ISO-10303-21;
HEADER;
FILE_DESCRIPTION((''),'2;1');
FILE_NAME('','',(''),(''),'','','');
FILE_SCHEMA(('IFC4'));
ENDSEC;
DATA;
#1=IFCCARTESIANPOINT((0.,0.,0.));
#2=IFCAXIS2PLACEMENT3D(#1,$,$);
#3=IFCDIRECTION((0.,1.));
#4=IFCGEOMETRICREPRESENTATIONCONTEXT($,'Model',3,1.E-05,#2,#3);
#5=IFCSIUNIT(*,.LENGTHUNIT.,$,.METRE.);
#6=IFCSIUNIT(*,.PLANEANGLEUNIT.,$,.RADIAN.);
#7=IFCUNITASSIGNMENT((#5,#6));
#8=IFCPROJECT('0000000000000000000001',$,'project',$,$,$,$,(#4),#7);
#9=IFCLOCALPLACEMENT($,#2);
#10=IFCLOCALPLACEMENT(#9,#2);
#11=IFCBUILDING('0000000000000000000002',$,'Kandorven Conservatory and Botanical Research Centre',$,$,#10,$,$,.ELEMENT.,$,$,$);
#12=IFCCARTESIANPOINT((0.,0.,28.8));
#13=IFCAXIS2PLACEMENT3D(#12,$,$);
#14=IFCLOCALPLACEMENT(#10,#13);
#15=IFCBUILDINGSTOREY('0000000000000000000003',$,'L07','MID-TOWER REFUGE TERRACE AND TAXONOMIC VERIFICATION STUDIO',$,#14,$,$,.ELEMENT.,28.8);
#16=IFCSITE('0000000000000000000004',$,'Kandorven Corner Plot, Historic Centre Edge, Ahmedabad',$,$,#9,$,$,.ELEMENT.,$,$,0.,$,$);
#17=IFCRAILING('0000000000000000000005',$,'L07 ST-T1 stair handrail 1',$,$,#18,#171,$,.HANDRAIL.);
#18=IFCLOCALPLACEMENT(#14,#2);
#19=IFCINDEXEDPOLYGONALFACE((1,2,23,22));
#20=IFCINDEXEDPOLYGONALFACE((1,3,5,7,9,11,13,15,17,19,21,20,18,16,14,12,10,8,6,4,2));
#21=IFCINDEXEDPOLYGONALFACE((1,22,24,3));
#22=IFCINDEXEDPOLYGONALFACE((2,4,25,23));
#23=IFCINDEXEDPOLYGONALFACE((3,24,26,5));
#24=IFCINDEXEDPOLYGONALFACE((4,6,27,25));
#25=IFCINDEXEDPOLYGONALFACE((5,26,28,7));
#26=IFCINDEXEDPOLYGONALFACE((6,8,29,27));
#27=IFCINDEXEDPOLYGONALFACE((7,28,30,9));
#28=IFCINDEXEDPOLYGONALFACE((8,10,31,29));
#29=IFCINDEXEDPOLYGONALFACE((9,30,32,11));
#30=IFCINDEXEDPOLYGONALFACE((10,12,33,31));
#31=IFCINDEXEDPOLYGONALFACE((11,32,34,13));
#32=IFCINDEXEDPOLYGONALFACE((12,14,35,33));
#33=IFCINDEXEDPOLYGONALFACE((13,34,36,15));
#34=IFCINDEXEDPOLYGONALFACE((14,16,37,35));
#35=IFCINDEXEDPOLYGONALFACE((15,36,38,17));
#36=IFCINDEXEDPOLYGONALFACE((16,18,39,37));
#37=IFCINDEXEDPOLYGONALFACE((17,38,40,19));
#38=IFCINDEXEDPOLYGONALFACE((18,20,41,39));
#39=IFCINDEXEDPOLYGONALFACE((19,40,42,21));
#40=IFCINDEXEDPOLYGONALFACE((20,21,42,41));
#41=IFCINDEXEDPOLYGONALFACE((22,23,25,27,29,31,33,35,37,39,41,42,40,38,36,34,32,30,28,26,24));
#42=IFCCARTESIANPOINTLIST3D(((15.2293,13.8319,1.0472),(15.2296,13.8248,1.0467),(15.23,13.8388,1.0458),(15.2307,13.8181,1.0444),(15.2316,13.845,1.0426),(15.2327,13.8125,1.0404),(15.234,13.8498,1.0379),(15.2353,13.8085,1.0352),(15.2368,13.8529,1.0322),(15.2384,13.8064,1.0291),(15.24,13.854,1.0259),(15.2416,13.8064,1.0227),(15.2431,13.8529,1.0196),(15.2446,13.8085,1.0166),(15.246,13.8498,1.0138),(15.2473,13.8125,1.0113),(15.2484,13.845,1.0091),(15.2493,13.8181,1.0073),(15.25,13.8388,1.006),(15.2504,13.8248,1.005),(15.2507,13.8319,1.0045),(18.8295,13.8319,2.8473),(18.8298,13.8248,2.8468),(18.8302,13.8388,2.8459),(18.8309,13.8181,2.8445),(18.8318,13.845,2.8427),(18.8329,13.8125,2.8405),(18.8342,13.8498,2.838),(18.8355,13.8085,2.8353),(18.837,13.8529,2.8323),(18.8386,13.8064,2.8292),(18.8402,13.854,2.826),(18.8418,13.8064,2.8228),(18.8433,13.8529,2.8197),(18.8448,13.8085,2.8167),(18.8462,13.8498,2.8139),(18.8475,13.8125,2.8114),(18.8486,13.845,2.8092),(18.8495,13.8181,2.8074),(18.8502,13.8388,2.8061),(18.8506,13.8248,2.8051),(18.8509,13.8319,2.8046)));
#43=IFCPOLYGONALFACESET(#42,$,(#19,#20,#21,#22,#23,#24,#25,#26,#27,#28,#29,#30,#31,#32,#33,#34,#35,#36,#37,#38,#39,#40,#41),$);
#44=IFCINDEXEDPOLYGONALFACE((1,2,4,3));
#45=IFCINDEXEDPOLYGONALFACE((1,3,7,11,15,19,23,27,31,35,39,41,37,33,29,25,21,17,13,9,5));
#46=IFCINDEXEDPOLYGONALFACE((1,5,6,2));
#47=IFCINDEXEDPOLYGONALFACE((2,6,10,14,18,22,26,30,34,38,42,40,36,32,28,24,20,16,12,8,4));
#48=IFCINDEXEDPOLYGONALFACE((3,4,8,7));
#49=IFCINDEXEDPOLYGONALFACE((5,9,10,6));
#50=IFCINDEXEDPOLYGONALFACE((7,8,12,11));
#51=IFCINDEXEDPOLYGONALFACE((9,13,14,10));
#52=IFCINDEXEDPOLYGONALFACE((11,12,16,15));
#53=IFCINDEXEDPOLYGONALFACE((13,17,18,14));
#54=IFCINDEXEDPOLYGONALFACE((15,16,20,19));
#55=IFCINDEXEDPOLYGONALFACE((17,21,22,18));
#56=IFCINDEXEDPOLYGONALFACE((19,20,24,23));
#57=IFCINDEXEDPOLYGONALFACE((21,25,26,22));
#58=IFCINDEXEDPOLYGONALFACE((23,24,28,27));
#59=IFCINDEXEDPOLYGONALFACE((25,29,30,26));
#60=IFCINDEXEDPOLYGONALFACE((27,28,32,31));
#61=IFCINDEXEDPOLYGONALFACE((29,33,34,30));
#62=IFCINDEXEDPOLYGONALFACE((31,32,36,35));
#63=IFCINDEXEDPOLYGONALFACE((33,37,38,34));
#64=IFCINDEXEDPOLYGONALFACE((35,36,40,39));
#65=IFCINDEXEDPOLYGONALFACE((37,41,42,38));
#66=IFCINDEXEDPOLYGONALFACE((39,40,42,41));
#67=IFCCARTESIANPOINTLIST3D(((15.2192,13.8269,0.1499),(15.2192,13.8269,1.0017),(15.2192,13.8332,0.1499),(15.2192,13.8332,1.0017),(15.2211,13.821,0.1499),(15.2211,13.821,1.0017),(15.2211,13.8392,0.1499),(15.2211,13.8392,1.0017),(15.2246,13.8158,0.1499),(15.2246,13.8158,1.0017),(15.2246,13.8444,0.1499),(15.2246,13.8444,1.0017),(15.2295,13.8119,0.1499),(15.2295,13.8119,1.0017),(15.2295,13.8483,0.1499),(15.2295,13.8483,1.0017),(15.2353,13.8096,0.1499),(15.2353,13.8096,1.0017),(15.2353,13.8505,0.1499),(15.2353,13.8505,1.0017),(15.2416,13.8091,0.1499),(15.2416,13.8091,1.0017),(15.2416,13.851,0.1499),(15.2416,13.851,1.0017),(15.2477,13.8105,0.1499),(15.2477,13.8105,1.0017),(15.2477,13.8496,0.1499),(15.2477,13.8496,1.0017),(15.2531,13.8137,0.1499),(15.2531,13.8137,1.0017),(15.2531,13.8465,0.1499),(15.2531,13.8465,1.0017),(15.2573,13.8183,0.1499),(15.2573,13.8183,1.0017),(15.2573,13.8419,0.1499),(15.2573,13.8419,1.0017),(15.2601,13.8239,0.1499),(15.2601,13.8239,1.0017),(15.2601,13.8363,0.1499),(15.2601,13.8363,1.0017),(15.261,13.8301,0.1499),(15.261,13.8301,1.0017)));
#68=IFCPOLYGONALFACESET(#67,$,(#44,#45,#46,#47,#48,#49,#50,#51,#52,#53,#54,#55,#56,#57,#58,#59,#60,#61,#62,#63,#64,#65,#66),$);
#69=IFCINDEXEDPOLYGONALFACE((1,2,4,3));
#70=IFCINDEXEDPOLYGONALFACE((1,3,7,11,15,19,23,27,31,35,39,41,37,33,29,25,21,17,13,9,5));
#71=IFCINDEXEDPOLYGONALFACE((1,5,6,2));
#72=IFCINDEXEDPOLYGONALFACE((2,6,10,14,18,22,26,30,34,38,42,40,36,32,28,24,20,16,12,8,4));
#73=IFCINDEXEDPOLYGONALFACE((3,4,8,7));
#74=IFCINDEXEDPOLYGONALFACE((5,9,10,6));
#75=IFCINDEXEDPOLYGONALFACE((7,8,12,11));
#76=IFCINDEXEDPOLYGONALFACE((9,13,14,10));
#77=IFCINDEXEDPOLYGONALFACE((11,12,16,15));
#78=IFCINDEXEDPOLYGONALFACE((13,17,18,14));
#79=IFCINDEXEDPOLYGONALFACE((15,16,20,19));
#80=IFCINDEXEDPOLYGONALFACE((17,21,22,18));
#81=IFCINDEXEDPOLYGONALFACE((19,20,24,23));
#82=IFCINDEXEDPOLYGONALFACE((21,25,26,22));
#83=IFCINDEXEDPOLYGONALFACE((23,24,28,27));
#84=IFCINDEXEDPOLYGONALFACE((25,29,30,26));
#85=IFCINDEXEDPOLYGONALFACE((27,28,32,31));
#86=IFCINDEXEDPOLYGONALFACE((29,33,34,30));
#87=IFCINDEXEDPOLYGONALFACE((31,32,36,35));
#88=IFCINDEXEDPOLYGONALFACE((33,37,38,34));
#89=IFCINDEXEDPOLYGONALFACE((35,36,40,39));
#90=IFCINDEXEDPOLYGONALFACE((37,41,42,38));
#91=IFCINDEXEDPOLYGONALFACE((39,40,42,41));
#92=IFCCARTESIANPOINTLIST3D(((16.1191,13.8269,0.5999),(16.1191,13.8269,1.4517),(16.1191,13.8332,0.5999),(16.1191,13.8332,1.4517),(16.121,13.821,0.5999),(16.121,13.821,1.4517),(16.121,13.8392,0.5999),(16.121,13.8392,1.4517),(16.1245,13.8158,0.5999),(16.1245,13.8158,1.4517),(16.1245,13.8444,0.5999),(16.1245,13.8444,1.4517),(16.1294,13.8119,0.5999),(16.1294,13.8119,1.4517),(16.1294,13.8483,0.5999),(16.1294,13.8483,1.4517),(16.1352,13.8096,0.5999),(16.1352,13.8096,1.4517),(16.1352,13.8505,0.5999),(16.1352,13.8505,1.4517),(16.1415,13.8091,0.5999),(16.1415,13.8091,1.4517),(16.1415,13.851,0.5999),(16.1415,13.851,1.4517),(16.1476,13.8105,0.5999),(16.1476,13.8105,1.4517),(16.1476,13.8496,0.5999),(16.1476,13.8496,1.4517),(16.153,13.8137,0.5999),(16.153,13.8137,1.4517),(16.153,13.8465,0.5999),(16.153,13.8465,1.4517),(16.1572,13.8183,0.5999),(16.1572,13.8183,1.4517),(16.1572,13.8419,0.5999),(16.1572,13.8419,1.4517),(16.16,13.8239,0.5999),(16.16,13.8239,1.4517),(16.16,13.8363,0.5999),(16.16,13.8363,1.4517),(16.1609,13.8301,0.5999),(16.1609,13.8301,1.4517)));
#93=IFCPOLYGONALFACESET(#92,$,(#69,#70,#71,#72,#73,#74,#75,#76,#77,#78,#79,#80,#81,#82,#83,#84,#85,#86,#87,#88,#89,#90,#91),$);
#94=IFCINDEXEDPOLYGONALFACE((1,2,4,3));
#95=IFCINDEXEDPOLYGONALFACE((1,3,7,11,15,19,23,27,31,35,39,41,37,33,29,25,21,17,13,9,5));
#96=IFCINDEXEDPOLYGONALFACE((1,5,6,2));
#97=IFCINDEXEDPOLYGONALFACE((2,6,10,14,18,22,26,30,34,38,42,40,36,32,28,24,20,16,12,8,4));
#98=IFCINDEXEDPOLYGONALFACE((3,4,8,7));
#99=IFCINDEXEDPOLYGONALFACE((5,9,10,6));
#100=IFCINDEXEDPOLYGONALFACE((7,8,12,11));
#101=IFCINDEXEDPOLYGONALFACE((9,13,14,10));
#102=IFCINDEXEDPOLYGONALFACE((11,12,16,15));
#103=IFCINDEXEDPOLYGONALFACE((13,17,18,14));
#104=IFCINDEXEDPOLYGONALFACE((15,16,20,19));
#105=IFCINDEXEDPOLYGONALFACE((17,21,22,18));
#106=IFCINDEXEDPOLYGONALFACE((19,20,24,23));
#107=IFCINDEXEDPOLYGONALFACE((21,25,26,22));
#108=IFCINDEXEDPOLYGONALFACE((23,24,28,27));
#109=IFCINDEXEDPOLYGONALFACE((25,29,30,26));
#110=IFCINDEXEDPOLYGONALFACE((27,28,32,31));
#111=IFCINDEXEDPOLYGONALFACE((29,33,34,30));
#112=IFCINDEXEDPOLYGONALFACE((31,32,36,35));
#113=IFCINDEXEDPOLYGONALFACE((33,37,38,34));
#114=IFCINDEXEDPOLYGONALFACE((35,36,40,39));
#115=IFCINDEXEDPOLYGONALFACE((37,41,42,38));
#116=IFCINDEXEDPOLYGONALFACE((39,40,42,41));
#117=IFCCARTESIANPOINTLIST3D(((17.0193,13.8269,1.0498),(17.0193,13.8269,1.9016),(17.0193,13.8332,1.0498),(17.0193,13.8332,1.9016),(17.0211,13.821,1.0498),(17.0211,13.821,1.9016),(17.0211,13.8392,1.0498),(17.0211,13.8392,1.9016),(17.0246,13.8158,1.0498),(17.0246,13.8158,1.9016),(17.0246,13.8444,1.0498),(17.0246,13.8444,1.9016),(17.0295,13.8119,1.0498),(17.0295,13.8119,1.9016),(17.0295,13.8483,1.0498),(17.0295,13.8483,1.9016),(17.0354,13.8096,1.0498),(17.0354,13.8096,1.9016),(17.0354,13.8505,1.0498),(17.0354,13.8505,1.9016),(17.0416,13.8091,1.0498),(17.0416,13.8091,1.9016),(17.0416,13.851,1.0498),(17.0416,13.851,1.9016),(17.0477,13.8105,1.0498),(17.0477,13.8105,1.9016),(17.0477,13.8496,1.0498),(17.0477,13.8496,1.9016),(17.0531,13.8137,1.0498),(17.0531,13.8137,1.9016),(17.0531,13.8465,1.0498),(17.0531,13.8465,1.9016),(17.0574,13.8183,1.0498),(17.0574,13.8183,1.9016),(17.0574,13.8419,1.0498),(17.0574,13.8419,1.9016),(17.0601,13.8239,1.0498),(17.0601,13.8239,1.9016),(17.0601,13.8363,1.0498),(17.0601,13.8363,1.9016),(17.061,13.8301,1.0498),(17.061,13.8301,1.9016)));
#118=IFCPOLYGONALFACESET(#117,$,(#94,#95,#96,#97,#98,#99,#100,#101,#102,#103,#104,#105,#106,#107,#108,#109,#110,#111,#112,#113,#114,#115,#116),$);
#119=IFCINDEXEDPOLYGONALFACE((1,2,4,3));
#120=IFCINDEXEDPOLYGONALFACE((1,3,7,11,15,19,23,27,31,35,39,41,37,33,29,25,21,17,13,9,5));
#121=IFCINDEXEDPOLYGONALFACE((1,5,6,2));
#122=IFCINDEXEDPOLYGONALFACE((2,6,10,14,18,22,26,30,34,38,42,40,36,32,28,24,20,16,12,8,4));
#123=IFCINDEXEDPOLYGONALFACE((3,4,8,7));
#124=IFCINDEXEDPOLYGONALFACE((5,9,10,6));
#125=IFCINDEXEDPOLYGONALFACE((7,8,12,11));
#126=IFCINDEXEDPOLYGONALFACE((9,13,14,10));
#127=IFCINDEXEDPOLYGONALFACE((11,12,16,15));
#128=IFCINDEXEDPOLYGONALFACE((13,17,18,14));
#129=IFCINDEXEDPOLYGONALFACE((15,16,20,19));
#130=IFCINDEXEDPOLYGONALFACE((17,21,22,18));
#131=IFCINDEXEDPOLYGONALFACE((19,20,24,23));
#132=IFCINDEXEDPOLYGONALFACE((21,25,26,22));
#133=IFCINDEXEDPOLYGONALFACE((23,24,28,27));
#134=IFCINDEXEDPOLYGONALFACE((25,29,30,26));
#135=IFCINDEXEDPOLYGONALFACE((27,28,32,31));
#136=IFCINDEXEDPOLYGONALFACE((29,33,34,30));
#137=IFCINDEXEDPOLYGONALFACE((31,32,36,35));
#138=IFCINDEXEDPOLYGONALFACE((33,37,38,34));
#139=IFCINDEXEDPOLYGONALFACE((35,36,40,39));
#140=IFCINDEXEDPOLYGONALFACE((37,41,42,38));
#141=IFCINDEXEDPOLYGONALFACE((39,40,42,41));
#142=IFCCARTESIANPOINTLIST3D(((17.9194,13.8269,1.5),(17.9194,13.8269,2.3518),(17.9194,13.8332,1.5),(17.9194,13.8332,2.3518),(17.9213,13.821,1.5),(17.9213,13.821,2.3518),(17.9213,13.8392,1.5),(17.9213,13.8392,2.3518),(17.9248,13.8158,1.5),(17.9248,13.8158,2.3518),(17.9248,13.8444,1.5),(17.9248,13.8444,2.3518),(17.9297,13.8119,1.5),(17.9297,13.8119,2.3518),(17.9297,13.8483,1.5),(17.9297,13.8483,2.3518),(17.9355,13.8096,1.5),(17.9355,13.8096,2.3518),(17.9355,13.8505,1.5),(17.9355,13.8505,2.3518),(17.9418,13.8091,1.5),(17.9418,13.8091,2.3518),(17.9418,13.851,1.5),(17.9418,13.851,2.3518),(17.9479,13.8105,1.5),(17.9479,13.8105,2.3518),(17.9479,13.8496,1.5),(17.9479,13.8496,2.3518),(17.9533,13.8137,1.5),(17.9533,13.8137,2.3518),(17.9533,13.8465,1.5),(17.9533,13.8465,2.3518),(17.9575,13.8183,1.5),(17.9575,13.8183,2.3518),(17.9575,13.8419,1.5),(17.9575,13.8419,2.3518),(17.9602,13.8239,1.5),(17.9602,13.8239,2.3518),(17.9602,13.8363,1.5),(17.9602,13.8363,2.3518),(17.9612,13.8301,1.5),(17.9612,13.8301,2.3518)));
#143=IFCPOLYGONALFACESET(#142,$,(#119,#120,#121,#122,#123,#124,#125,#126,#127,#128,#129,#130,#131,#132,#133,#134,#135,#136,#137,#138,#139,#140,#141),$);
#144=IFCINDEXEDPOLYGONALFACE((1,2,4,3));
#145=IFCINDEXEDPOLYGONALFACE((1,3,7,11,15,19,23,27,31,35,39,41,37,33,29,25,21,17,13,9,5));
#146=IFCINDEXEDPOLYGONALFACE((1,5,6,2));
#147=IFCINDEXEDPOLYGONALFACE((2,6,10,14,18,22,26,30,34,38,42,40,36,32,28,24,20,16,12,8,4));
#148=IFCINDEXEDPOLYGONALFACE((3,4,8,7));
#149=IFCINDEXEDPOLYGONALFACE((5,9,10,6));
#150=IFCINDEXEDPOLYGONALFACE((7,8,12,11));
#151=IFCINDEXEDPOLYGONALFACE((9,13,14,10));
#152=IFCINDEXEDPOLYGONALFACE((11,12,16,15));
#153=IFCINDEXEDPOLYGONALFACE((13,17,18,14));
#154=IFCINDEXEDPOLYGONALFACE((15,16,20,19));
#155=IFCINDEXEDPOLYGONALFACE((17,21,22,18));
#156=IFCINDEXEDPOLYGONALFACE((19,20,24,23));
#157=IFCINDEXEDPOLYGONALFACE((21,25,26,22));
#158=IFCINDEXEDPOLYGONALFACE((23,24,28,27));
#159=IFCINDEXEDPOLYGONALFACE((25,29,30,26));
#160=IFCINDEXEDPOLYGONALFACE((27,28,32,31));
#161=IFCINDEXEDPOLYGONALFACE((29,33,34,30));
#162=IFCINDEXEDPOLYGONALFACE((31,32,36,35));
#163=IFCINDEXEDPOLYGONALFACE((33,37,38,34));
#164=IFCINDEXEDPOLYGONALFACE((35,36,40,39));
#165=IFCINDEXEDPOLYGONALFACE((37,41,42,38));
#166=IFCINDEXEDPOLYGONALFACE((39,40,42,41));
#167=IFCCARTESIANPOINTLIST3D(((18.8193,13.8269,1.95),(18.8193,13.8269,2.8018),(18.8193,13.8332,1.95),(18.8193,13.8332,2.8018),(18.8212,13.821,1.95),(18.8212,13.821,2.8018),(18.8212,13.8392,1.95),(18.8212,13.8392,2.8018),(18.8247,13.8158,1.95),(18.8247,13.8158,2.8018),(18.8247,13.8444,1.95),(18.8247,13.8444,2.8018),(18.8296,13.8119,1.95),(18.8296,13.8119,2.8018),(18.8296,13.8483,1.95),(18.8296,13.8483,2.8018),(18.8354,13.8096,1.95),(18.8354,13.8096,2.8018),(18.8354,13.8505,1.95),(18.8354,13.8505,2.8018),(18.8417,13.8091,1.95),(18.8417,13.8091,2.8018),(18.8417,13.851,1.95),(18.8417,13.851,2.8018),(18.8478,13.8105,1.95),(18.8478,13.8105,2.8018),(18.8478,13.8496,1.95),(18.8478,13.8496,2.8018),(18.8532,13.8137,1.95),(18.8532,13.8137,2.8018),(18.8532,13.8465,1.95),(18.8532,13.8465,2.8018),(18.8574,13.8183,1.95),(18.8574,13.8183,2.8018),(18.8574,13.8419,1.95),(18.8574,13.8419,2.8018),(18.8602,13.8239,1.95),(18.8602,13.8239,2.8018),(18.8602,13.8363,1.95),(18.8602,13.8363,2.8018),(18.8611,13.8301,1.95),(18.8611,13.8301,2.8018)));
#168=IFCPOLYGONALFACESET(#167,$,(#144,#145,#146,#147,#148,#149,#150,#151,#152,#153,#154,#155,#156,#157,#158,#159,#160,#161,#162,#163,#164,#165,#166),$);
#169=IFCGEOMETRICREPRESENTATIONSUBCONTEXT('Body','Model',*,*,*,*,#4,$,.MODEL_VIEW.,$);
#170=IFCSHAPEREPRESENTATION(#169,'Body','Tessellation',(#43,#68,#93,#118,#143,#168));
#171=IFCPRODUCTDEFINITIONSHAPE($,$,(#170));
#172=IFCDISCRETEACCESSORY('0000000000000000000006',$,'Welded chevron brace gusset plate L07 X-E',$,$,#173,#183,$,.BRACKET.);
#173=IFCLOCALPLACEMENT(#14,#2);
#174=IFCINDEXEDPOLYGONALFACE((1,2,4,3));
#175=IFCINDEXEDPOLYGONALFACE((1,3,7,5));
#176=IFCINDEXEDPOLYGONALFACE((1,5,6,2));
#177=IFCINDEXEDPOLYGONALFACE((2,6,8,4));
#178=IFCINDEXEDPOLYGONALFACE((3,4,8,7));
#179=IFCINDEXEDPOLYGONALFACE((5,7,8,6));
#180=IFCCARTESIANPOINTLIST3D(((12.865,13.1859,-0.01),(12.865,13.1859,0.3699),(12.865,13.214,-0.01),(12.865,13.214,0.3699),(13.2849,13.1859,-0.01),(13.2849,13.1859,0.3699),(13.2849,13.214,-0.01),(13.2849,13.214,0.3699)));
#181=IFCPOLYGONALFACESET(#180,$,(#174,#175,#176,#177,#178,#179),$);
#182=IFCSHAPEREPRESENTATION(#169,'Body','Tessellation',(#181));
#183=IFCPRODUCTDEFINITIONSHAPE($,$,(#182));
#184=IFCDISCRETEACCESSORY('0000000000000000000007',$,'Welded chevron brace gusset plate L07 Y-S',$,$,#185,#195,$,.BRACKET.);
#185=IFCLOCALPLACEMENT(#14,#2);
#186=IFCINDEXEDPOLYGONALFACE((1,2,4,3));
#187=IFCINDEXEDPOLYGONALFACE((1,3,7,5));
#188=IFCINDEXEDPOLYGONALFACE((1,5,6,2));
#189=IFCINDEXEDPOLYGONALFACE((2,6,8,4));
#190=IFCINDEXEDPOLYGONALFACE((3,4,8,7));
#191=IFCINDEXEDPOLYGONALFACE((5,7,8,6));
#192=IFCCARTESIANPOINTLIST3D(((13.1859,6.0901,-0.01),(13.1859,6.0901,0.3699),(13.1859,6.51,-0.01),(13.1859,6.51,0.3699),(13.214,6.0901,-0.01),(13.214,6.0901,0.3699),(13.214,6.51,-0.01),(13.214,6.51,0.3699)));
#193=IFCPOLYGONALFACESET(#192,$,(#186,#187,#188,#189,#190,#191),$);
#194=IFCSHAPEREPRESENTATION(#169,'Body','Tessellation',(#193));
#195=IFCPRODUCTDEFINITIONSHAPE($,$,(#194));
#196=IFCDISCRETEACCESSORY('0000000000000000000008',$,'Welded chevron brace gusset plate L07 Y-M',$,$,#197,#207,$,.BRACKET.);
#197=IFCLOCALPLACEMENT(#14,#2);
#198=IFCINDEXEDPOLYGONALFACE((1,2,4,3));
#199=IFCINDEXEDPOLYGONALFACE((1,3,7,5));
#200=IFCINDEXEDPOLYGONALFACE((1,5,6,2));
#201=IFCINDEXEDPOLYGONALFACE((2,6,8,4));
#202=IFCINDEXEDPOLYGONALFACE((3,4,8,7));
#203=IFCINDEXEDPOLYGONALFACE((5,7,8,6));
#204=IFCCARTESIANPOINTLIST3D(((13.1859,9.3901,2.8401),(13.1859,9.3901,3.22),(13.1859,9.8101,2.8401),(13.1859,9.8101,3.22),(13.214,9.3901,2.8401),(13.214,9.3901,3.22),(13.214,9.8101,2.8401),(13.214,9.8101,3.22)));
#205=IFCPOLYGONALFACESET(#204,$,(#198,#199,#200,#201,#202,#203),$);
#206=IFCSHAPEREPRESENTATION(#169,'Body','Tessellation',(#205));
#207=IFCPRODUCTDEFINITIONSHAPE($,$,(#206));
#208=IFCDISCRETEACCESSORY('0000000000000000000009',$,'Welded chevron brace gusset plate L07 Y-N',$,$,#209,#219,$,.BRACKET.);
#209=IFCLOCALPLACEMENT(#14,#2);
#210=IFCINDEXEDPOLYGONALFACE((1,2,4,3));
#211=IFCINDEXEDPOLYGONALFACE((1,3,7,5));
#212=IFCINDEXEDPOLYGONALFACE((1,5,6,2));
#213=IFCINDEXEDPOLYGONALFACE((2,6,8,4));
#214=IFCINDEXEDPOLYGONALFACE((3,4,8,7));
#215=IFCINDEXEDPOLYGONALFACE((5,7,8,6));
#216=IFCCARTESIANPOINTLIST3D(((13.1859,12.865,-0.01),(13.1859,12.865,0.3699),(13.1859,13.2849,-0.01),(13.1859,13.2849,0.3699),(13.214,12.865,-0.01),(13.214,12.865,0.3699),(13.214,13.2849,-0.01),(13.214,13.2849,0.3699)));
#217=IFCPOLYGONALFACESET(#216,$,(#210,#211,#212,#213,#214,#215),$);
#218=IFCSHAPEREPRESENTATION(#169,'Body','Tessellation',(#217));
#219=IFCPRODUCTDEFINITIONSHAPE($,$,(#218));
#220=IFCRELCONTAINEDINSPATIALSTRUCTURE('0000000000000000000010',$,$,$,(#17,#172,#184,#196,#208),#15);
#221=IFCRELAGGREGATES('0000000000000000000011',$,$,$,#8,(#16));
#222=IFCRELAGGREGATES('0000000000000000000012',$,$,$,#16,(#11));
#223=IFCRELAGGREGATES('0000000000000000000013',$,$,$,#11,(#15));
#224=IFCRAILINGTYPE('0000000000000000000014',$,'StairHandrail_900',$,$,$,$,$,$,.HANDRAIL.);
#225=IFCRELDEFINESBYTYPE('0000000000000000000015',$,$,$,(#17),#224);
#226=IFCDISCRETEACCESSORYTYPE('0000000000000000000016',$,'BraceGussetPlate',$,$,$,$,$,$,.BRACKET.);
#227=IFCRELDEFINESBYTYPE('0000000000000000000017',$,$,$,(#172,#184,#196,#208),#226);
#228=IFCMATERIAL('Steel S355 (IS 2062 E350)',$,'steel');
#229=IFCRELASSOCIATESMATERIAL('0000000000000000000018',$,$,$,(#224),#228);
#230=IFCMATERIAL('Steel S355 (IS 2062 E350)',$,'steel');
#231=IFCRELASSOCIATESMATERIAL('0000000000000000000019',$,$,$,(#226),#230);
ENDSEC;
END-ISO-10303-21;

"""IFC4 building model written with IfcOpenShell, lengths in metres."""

from ifc_helpers import new_model, si_unit, direction, frame, origin, origin_2d, place, context, subcontext, project, spatial, rectangle, circle, extrude, material, type_object, element, save


model = new_model("IFC4")

# Units and contexts
model_context = context("Model", 3, precision=1e-05, world=origin(), true_north=direction((0.0, 1.0)))
body_context = subcontext(model_context, "Body", "Model", "MODEL_VIEW")
ifc_project = project(units=[si_unit("LENGTHUNIT", "METRE"), si_unit("PLANEANGLEUNIT", "RADIAN")], contexts=[model_context])

# Site, building, storey
site_placement = place(None, origin())
site = spatial("IfcSite", under=ifc_project, at=site_placement, Name="Kandorven Corner Plot, Historic Centre Edge, Ahmedabad", CompositionType="ELEMENT", RefElevation=0.0)
building_placement = place(site_placement, origin())
building = spatial("IfcBuilding", under=site, at=building_placement, Name="Kandorven Conservatory and Botanical Research Centre", CompositionType="ELEMENT")
storey_placement = place(building_placement, frame((0.0, 0.0, 28.8)))
storey = spatial("IfcBuildingStorey", under=building, at=storey_placement, Name="L07", Description="MID-TOWER REFUGE TERRACE AND TAXONOMIC VERIFICATION STUDIO", CompositionType="ELEMENT", Elevation=28.8)

# Railing
ifc_material_1 = material(Name="Steel S355 (IS 2062 E350)", Category="steel")
railing_type_1 = type_object("IfcRailingType", Name="StairHandrail_900", PredefinedType="HANDRAIL", material=ifc_material_1)
railing_1_placement = place(storey_placement, frame((15.24, 13.8301, 0.1499)))
element("IfcRailing", 1, at=railing_1_placement, inside=storey, type_object=railing_type_1, Name="L07 ST-T1 stair handrail 1", PredefinedType="HANDRAIL", context=body_context, shape_type="SweptSolid", body=[
    extrude(circle(Radius=0.0239, at=origin_2d()), frame((0.0, 0.0, 0.876), z_axis=(0.894427, 0.0, 0.447214), x_axis=(0.0, 1.0, 0.0)), (0.0, 0.0, 1.0), 4.0251),
    extrude(circle(Radius=0.021, at=origin_2d()), origin(), (0.0, 0.0, 1.0), 0.8518),
    extrude(circle(Radius=0.021, at=origin_2d()), frame((0.8999, 0.0, 0.45)), (0.0, 0.0, 1.0), 0.8518),
    extrude(circle(Radius=0.021, at=origin_2d()), frame((1.8, 0.0, 0.8999)), (0.0, 0.0, 1.0), 0.8518),
    extrude(circle(Radius=0.021, at=origin_2d()), frame((2.7002, 0.0, 1.3501)), (0.0, 0.0, 1.0), 0.8518),
    extrude(circle(Radius=0.021, at=origin_2d()), frame((3.6001, 0.0, 1.8)), (0.0, 0.0, 1.0), 0.8518),
])

# Discrete accessories
ifc_material_2 = material(Name="Steel S355 (IS 2062 E350)", Category="steel")
discrete_accessory_type = type_object("IfcDiscreteAccessoryType", Name="BraceGussetPlate", PredefinedType="BRACKET", material=ifc_material_2)
discrete_accessory_placement = place(storey_placement, frame((13.075, 13.2, -0.01), z_axis=(0.0, 0.0, 1.0), x_axis=(1.0, 0.0, 0.0)))
element("IfcDiscreteAccessory", 2, at=discrete_accessory_placement, inside=storey, type_object=discrete_accessory_type, Name="Welded chevron brace gusset plate L07 X-E", PredefinedType="BRACKET", context=body_context, shape_type="SweptSolid", body=[
    extrude(rectangle(XDim=0.4199, YDim=0.0281, at=origin_2d()), origin(), (0.0, 0.0, 1.0), 0.3799),
])
for number, where, z_axis, x_axis, name in (
    (3, (13.2, 6.3, -0.01), (0.0, 0.0, 1.0), (1.0, 0.0, 0.0), "Welded chevron brace gusset plate L07 Y-S"),
    (4, (13.2, 9.6001, 2.8401), (0.0, 0.0, 1.0), (1.0, 0.0, 0.0), "Welded chevron brace gusset plate L07 Y-M"),
    (5, (13.2, 13.075, -0.01), (0.0, 0.0, 1.0), (1.0, 0.0, 0.0), "Welded chevron brace gusset plate L07 Y-N"),
):
    element("IfcDiscreteAccessory", number, at=place(storey_placement, frame(where, z_axis=z_axis, x_axis=x_axis)), inside=storey, type_object=discrete_accessory_type, Name=name, PredefinedType="BRACKET", context=body_context, shape_type="SweptSolid", body=[
        extrude(rectangle(XDim=0.0281, YDim=0.4199, at=origin_2d()), origin(), (0.0, 0.0, 1.0), 0.3799),
    ])

save(model, "model.ifc")
